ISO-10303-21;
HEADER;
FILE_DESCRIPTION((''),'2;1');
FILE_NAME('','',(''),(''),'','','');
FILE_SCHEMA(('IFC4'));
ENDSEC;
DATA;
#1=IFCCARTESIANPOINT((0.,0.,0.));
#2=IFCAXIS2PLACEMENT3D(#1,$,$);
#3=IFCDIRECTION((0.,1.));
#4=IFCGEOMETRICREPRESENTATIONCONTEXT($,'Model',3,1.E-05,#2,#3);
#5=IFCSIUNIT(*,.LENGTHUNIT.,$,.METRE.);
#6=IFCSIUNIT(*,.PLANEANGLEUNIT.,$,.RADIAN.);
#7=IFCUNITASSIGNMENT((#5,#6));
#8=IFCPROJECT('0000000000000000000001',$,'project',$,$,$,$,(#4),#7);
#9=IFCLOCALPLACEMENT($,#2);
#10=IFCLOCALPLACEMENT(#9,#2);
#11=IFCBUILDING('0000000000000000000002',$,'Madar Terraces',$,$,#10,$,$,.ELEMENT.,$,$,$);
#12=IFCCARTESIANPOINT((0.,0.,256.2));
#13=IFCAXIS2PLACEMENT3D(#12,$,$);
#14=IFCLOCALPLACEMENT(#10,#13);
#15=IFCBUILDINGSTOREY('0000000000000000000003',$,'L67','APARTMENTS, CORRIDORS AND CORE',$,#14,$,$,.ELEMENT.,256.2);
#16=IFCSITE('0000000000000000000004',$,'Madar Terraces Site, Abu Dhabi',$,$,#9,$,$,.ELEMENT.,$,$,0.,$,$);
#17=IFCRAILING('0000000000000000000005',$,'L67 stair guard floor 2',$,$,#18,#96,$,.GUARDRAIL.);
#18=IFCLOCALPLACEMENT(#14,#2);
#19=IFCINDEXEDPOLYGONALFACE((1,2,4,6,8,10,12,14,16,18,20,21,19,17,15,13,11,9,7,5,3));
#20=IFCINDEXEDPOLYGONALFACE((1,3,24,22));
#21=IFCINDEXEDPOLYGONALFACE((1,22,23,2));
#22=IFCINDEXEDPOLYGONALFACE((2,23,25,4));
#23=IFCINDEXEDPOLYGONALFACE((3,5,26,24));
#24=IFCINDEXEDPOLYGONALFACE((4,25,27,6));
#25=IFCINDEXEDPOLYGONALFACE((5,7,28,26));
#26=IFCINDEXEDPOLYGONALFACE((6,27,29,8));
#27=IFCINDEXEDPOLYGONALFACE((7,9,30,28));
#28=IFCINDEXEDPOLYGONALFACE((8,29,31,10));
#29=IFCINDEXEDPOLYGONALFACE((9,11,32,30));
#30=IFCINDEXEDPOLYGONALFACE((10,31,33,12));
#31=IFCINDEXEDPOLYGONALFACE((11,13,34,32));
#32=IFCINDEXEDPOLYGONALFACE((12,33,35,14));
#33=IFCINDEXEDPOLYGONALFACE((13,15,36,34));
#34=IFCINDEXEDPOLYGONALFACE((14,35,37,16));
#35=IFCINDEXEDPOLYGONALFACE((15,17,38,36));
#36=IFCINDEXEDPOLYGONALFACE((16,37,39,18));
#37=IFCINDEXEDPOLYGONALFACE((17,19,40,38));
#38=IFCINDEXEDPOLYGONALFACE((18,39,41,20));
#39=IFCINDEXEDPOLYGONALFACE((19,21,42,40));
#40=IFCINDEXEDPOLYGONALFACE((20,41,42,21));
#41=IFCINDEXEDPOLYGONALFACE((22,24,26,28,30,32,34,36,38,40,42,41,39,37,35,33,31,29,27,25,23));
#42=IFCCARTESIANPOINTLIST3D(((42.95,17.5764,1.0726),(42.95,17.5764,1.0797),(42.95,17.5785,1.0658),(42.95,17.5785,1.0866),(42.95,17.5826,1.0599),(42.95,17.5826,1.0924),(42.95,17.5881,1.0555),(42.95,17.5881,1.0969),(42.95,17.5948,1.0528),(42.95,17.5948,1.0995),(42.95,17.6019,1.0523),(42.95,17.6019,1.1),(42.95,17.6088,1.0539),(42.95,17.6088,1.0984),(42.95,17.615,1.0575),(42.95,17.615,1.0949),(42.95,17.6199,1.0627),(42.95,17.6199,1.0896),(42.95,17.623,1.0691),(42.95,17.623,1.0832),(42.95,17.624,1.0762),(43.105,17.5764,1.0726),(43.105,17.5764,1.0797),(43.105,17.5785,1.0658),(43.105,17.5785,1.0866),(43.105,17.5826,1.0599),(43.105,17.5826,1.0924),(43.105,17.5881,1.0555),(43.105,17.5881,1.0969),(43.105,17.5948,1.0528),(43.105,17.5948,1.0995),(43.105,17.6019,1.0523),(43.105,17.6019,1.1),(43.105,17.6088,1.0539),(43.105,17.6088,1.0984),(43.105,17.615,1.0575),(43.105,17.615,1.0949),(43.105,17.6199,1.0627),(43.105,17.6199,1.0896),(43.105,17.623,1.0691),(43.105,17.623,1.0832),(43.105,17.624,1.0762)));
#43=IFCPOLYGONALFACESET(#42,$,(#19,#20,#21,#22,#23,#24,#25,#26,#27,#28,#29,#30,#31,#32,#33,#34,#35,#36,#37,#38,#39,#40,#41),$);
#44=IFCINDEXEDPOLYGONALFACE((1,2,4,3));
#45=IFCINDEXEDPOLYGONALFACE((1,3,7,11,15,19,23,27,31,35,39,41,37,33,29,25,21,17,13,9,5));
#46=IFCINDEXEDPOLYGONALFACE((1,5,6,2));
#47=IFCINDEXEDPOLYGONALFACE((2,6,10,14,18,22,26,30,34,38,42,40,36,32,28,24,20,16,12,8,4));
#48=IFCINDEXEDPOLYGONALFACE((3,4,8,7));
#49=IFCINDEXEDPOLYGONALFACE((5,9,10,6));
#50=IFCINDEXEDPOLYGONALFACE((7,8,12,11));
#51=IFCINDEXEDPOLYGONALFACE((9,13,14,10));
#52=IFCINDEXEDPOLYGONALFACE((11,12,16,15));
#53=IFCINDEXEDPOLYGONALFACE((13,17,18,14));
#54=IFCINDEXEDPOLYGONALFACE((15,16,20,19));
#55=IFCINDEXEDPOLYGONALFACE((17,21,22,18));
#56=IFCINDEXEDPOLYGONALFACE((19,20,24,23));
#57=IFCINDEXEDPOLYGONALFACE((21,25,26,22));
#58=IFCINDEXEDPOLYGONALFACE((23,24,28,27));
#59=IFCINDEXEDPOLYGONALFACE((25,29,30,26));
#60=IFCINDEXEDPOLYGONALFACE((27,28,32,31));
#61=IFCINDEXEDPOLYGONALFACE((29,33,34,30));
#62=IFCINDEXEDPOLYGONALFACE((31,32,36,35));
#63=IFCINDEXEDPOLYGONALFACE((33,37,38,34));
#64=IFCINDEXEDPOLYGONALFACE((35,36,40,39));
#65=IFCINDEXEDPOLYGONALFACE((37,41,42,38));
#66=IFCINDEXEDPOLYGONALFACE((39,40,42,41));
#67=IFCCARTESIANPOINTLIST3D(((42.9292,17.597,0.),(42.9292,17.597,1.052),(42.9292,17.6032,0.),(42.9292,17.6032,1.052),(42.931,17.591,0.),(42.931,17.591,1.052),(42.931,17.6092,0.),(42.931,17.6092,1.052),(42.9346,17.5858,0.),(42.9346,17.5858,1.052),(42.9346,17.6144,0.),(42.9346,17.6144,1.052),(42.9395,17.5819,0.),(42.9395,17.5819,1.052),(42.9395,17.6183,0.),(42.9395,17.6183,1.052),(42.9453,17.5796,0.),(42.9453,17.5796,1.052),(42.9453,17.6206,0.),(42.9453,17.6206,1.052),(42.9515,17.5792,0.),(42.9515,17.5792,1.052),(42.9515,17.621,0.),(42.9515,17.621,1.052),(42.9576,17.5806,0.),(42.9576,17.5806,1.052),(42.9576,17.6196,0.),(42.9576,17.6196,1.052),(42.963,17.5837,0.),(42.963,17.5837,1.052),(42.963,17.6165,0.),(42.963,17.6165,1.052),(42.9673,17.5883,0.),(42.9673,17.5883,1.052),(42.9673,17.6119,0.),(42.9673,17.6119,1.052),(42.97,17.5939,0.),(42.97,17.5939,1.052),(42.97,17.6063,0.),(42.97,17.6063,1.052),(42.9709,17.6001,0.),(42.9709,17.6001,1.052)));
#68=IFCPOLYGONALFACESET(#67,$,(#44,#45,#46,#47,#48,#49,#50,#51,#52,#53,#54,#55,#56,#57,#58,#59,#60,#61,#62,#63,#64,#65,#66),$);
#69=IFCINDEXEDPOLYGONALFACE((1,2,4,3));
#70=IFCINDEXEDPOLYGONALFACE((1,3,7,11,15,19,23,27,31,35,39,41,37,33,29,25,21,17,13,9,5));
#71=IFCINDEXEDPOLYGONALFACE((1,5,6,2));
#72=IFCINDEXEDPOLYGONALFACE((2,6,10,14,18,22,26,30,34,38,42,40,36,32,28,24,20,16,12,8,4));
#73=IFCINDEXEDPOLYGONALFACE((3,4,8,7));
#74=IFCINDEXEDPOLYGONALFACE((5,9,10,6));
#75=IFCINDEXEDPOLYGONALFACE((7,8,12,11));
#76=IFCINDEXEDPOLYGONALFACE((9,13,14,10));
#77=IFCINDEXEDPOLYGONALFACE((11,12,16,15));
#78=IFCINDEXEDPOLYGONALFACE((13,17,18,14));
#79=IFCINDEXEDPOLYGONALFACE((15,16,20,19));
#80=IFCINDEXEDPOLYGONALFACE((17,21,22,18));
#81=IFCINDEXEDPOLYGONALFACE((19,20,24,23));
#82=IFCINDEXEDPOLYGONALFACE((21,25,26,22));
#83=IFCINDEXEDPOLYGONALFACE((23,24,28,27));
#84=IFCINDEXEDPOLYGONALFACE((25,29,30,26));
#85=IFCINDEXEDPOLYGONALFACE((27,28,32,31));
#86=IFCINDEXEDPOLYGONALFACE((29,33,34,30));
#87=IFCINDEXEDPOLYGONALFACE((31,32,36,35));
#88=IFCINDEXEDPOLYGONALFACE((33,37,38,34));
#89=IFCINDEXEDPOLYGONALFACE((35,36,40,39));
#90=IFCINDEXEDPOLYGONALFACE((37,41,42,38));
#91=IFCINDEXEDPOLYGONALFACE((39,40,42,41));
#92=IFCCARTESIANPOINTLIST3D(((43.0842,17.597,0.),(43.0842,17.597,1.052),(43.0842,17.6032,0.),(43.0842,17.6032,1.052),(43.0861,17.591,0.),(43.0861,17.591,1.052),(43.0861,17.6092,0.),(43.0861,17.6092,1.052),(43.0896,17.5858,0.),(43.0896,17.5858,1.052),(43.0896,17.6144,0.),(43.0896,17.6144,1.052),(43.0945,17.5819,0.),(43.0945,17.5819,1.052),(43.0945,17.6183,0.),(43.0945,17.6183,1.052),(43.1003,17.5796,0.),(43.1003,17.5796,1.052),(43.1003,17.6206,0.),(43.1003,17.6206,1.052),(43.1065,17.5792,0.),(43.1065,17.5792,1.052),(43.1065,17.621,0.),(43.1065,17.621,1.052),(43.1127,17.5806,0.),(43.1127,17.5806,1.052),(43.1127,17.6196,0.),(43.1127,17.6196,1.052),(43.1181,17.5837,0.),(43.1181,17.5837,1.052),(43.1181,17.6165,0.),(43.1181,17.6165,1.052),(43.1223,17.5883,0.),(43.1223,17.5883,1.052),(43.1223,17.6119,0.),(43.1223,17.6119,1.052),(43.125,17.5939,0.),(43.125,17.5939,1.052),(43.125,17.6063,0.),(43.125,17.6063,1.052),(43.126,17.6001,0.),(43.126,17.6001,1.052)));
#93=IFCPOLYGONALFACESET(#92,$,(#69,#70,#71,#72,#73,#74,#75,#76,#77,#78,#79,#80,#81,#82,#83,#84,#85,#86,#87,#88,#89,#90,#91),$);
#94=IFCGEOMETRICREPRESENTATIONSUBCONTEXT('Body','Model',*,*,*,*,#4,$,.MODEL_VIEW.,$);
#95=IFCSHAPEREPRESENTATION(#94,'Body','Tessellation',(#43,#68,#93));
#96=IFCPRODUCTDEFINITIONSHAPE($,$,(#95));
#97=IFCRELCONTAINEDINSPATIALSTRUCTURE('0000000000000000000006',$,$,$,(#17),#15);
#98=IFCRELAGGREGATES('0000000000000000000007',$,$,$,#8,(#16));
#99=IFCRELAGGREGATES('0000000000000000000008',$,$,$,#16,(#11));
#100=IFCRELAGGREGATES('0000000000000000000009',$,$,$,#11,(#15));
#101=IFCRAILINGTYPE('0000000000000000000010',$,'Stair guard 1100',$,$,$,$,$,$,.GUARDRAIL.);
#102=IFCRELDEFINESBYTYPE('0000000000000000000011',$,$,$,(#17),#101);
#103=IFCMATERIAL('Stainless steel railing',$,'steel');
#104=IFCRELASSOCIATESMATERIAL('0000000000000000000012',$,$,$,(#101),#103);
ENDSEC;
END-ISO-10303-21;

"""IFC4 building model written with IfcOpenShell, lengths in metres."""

from ifc_helpers import new_model, si_unit, direction, frame, origin, origin_2d, place, context, subcontext, project, spatial, circle, extrude, material, type_object, element, save


model = new_model("IFC4")

# Units and contexts
model_context = context("Model", 3, precision=1e-05, world=origin(), true_north=direction((0.0, 1.0)))
body_context = subcontext(model_context, "Body", "Model", "MODEL_VIEW")
ifc_project = project(units=[si_unit("LENGTHUNIT", "METRE"), si_unit("PLANEANGLEUNIT", "RADIAN")], contexts=[model_context])

# Site, building, storey
site_placement = place(None, origin())
site = spatial("IfcSite", under=ifc_project, at=site_placement, Name="Madar Terraces Site, Abu Dhabi", CompositionType="ELEMENT", RefElevation=0.0)
building_placement = place(site_placement, origin())
building = spatial("IfcBuilding", under=site, at=building_placement, Name="Madar Terraces", CompositionType="ELEMENT")
storey_placement = place(building_placement, frame((0.0, 0.0, 256.2)))
storey = spatial("IfcBuildingStorey", under=building, at=storey_placement, Name="L67", Description="APARTMENTS, CORRIDORS AND CORE", CompositionType="ELEMENT", Elevation=256.2)

# Railing
ifc_material_1 = material(Name="Stainless steel railing", Category="steel")
railing_type_1 = type_object("IfcRailingType", Name="Stair guard 1100", PredefinedType="GUARDRAIL", material=ifc_material_1)
for number, where, name in (
    (1, (42.95, 17.6001, 0.0), "L67 stair guard floor 2"),
):
    element("IfcRailing", number, at=place(storey_placement, frame(where)), inside=storey, type_object=railing_type_1, Name=name, PredefinedType="GUARDRAIL", context=body_context, shape_type="SweptSolid", body=[
        extrude(circle(Radius=0.0239, at=origin_2d()), frame((0.0, 0.0, 1.0762), z_axis=(1.0, 0.0, 0.0), x_axis=(0.0, 1.0, 0.0)), (0.0, 0.0, 1.0), 0.155),
        extrude(circle(Radius=0.021, at=origin_2d()), origin(), (0.0, 0.0, 1.0), 1.052),
        extrude(circle(Radius=0.021, at=origin_2d()), frame((0.155, 0.0, 0.0)), (0.0, 0.0, 1.0), 1.052),
    ])

save(model, "model.ifc")
